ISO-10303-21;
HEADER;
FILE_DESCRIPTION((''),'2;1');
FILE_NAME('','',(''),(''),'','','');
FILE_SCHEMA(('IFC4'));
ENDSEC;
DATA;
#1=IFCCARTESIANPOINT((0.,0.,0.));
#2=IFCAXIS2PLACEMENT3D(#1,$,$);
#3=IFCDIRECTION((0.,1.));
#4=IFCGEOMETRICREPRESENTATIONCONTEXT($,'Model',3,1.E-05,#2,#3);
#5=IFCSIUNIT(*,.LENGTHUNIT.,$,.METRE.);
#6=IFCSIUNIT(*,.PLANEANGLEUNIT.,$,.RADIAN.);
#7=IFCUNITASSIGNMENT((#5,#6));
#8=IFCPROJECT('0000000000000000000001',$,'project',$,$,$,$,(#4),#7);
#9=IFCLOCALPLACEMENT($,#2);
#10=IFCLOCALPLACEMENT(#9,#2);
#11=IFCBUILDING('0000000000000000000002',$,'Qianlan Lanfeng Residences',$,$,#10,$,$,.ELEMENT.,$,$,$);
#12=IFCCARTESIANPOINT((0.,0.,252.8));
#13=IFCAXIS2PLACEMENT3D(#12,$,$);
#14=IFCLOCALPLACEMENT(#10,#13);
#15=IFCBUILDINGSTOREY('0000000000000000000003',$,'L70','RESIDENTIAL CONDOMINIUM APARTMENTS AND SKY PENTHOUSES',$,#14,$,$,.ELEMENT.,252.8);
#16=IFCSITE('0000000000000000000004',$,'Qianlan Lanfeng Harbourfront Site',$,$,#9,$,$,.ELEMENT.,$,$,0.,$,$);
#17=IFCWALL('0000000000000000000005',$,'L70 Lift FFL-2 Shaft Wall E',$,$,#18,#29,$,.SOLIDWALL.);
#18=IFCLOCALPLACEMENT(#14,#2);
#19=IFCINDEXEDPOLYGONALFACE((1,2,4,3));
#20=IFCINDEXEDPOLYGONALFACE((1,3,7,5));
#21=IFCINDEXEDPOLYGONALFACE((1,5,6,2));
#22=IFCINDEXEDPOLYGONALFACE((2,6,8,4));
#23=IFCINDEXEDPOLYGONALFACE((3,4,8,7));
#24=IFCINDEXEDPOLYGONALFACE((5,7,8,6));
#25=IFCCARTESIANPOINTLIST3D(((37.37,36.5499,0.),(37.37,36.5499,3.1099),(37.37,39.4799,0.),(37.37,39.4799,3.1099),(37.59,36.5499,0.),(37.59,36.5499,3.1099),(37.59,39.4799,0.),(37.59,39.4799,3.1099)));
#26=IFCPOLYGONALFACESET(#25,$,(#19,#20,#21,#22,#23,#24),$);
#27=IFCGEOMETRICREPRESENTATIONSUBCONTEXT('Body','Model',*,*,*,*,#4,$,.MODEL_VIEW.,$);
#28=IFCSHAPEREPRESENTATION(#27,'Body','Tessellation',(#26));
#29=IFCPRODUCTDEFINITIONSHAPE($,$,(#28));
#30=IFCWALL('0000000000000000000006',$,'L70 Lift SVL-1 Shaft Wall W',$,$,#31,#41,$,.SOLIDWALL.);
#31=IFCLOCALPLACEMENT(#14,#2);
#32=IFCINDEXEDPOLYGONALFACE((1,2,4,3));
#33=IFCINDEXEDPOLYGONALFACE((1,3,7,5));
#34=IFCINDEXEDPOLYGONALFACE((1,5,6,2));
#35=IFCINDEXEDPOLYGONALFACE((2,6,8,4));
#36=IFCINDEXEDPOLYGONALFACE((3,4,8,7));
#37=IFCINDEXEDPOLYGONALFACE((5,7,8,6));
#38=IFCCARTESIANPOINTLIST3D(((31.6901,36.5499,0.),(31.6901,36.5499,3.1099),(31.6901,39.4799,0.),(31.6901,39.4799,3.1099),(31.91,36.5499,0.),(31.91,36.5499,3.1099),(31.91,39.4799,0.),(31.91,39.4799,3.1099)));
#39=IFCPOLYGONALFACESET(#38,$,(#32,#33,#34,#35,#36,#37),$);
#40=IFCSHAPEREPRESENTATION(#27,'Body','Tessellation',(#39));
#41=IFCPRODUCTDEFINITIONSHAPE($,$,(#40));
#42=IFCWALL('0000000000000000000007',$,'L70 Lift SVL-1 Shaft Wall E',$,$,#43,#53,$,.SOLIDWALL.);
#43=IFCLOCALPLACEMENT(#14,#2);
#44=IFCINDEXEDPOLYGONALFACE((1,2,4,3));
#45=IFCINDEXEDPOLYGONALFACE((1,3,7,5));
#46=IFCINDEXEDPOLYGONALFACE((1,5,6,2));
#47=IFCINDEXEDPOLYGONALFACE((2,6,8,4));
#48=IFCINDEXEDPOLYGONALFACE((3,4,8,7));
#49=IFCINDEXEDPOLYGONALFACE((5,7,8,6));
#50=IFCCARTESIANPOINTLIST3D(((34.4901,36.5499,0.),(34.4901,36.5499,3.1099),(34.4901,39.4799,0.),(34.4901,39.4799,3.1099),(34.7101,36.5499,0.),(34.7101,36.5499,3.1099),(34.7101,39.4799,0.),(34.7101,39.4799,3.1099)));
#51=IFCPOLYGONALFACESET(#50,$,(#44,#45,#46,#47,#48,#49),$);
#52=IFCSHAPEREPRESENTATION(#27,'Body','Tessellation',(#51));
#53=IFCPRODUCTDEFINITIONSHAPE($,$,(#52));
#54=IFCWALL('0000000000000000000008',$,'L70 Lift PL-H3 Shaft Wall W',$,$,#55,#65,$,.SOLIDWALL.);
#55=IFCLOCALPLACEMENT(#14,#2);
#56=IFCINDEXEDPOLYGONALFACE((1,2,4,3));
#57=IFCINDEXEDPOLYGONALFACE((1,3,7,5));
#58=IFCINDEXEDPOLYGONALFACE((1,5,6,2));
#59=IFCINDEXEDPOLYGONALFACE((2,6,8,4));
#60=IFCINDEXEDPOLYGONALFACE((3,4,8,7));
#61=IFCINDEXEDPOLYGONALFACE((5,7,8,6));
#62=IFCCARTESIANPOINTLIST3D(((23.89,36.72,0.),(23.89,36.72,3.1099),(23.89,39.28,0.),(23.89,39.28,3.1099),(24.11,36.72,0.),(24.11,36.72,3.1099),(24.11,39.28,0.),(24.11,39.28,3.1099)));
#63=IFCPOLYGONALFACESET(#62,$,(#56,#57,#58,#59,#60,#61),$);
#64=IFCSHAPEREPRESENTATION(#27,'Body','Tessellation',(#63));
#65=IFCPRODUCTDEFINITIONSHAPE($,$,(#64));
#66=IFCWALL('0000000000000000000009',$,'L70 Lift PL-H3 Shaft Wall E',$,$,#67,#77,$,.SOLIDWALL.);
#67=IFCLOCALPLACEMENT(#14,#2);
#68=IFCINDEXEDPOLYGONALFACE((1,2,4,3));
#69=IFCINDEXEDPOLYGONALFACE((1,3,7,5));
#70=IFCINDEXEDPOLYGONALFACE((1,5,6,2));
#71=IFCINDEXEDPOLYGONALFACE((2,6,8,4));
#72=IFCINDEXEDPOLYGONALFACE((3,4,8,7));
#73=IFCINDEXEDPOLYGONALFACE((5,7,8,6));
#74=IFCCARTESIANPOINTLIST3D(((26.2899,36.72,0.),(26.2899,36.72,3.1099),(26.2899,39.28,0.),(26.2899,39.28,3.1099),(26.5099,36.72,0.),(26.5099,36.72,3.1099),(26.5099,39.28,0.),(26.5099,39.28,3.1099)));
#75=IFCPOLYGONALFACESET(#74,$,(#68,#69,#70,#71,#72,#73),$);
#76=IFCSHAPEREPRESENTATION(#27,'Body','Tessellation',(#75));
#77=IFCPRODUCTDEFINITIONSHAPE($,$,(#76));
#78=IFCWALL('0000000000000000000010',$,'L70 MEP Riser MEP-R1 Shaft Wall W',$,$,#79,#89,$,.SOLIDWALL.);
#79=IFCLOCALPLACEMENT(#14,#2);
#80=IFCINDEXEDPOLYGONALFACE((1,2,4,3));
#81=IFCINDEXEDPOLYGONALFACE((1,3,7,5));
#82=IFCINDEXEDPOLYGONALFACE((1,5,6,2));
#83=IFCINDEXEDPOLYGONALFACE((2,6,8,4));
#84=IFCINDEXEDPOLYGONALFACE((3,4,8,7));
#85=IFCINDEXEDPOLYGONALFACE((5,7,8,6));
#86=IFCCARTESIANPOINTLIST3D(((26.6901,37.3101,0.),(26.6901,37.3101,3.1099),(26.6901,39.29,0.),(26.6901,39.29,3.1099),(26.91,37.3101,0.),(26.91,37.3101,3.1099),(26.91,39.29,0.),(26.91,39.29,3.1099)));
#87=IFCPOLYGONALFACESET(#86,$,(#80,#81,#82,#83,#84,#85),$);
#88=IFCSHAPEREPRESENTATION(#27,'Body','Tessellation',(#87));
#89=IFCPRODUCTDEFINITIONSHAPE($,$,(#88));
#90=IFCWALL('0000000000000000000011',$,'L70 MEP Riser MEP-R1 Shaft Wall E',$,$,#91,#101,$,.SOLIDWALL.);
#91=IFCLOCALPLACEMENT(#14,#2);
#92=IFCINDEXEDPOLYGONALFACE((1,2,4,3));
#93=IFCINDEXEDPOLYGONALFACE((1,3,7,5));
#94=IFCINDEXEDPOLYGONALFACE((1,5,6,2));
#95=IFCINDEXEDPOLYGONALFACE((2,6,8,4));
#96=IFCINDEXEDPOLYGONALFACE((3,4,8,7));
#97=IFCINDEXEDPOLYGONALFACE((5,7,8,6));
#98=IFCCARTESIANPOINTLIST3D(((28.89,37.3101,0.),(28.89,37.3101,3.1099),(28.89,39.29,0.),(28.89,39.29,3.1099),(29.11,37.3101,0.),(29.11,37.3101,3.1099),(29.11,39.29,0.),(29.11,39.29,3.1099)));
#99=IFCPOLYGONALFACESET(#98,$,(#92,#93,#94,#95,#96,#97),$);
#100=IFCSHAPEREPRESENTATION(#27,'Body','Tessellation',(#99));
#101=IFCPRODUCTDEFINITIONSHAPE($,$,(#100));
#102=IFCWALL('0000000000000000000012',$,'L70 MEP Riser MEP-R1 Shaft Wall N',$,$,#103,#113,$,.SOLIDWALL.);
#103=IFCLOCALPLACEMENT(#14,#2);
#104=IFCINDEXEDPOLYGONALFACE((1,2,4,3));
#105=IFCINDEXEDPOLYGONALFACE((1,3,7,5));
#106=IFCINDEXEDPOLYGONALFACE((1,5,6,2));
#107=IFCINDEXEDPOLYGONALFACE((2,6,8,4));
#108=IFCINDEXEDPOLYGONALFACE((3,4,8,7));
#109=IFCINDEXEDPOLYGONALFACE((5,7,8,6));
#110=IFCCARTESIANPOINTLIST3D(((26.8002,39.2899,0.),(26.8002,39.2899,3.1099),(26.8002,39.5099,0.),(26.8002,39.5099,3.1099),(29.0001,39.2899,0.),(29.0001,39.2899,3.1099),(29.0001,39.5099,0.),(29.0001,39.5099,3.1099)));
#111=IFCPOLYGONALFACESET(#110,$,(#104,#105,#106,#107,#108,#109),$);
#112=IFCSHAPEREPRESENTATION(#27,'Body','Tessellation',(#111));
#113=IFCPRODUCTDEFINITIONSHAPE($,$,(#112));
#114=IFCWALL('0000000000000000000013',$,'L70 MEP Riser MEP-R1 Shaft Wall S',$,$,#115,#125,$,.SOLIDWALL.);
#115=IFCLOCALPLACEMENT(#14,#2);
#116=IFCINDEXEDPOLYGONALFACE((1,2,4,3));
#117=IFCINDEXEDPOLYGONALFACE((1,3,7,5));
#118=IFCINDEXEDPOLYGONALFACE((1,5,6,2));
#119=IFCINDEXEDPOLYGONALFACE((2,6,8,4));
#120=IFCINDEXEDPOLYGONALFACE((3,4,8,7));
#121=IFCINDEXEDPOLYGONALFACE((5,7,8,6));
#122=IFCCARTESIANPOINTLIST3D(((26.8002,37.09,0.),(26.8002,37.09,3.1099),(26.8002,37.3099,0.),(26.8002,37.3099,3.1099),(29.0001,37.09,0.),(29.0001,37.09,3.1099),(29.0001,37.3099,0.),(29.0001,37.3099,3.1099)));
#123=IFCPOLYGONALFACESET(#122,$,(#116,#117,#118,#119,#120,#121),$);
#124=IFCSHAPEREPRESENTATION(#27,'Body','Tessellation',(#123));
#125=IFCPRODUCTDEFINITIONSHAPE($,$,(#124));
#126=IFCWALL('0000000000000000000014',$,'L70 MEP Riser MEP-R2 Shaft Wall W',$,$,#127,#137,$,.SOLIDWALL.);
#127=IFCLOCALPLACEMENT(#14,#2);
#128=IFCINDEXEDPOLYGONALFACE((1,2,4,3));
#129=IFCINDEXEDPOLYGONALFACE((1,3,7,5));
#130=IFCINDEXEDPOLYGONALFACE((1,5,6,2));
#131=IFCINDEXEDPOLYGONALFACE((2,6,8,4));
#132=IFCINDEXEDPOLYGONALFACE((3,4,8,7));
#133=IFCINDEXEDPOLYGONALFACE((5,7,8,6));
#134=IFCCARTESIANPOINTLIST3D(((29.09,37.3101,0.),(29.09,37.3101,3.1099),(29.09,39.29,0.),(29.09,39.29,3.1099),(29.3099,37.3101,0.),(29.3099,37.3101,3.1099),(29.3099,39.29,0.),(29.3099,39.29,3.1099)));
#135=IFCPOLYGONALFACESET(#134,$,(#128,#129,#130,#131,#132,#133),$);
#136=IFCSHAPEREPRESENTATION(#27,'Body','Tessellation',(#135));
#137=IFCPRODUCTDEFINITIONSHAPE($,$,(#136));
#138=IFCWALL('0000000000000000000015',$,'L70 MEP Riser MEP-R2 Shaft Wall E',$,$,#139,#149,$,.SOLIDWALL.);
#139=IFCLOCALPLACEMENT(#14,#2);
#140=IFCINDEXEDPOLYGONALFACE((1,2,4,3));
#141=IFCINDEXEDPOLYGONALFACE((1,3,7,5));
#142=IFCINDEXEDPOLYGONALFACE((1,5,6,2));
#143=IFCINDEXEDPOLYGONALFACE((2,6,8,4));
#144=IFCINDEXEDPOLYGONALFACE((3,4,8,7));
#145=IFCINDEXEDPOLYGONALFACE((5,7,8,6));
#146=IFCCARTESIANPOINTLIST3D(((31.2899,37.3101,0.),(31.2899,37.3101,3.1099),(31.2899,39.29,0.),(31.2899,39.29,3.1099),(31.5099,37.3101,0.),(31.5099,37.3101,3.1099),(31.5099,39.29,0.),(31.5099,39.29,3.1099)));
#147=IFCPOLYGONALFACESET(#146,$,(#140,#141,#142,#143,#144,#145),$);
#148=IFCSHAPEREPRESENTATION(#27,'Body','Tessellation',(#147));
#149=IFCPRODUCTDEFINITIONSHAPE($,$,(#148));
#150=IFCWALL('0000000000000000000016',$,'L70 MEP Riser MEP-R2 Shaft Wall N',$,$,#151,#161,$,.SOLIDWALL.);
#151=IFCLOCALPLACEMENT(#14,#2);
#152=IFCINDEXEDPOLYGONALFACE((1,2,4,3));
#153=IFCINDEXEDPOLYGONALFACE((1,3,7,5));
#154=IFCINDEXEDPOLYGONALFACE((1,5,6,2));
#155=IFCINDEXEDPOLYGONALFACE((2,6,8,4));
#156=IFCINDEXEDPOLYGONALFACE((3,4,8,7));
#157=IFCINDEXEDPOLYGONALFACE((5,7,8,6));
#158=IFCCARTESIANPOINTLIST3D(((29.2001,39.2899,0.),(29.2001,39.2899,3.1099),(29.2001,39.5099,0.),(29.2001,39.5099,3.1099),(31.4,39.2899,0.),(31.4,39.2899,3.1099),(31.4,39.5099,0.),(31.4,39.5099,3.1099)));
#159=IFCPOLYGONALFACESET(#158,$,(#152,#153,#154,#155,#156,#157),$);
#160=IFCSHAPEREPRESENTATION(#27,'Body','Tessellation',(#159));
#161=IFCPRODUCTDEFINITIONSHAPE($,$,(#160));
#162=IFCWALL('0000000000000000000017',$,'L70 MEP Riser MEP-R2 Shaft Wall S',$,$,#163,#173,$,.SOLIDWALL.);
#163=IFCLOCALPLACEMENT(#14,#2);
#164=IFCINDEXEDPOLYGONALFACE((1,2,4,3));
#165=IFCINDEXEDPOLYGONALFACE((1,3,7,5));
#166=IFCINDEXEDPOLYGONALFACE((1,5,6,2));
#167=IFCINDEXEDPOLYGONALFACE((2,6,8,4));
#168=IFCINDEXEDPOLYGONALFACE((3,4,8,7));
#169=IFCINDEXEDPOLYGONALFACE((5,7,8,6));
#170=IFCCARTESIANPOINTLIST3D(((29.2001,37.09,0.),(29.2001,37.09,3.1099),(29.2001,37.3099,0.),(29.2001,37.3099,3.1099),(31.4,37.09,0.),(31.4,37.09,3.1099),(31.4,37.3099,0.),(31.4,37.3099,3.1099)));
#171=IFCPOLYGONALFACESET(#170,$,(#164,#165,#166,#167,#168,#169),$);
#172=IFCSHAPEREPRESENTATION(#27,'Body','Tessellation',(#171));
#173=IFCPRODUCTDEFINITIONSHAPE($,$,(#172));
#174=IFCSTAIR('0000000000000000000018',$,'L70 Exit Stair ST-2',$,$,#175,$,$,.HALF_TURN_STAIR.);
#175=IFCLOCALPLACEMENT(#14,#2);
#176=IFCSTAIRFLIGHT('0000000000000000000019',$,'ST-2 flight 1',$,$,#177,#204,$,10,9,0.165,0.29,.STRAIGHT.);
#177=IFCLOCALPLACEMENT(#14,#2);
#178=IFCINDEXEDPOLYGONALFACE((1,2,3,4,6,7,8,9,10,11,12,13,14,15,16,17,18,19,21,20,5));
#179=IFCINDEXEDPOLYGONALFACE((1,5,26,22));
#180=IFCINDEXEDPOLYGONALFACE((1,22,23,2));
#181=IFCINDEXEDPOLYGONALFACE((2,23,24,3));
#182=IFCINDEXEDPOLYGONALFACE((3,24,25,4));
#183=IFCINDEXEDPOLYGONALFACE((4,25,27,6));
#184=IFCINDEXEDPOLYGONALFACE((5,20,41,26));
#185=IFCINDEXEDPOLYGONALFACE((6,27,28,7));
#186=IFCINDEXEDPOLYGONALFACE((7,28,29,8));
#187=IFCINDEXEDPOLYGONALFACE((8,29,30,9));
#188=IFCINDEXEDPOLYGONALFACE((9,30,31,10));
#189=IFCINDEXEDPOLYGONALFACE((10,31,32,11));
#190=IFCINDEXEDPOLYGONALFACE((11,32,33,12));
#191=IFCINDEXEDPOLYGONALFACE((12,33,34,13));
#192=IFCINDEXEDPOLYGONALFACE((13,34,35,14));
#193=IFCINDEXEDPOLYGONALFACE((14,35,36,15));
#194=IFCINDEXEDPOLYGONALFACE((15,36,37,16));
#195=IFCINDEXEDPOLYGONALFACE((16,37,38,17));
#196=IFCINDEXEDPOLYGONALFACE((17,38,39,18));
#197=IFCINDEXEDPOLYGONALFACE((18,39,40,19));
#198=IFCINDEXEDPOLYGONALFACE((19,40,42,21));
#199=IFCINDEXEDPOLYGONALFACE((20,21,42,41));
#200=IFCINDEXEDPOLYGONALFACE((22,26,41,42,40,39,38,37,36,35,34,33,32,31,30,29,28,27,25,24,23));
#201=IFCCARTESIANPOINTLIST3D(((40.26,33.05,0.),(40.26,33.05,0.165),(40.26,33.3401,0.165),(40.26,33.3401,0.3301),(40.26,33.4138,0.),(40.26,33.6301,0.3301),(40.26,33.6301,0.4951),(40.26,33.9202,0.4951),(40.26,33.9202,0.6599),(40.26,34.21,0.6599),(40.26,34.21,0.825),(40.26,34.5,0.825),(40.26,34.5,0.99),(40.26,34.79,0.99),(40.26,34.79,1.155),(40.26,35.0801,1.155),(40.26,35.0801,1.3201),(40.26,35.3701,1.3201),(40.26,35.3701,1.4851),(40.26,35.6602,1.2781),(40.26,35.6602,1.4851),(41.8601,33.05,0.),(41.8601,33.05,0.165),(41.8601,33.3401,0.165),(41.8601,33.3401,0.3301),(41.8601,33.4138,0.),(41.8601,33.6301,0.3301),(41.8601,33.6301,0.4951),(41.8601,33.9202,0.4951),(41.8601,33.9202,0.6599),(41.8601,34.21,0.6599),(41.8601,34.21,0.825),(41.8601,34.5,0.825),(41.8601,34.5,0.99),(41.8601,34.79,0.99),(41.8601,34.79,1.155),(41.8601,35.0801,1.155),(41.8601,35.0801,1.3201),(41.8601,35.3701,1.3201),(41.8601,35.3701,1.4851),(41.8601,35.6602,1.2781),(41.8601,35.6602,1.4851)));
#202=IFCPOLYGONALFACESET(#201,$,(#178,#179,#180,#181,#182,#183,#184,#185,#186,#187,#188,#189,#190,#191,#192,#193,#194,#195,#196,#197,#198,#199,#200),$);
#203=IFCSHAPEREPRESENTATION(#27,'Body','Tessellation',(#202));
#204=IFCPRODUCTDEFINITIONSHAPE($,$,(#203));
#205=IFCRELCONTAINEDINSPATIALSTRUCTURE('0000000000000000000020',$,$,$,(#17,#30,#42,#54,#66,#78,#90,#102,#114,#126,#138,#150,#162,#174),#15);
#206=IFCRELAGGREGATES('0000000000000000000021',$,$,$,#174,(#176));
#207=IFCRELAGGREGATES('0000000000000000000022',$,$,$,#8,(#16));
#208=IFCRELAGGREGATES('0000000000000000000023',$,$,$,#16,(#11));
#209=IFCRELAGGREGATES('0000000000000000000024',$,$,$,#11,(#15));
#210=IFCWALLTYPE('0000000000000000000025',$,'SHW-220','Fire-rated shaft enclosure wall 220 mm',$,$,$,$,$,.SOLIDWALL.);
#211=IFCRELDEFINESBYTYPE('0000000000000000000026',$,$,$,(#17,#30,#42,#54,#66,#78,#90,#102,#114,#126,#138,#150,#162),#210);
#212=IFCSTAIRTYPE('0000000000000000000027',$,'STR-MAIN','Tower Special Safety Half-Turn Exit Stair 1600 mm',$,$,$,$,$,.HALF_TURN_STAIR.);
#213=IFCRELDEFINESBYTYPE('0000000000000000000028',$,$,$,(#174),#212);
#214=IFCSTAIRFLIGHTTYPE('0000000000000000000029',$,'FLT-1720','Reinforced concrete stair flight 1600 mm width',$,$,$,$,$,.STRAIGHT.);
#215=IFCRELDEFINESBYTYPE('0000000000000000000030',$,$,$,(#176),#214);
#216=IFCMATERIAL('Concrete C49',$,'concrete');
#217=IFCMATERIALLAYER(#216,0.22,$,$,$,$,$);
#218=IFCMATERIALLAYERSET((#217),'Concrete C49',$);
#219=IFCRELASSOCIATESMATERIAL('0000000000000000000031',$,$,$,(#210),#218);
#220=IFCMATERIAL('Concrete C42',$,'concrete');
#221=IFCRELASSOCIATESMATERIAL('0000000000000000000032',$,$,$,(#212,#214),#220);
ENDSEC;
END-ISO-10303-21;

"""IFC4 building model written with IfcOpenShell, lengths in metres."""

from ifc_helpers import new_model, si_unit, direction, frame, frame_2d, origin, place, context, subcontext, project, spatial, polyline, rectangle, outline, extrude, material, layer, layer_set, type_object, element, aggregate, save


model = new_model("IFC4")

# Units and contexts
model_context = context("Model", 3, precision=1e-05, world=origin(), true_north=direction((0.0, 1.0)))
body_context = subcontext(model_context, "Body", "Model", "MODEL_VIEW")
ifc_project = project(units=[si_unit("LENGTHUNIT", "METRE"), si_unit("PLANEANGLEUNIT", "RADIAN")], contexts=[model_context])

# Site, building, storey
site_placement = place(None, origin())
site = spatial("IfcSite", under=ifc_project, at=site_placement, Name="Qianlan Lanfeng Harbourfront Site", CompositionType="ELEMENT", RefElevation=0.0)
building_placement = place(site_placement, origin())
building = spatial("IfcBuilding", under=site, at=building_placement, Name="Qianlan Lanfeng Residences", CompositionType="ELEMENT")
storey_placement = place(building_placement, frame((0.0, 0.0, 252.8)))
storey = spatial("IfcBuildingStorey", under=building, at=storey_placement, Name="L70", Description="RESIDENTIAL CONDOMINIUM APARTMENTS AND SKY PENTHOUSES", CompositionType="ELEMENT", Elevation=252.8)

# Shared definitions
ifc_material_1 = material(Name="Concrete C49", Category="concrete")

# Shared definitions
ifc_material_2 = material(Name="Concrete C42", Category="concrete")

# Walls
ifc_layer_1 = layer(ifc_material_1, 0.22)
ifc_layer_set_1 = layer_set([ifc_layer_1], Name="Concrete C49")
wall_type_1 = type_object("IfcWallType", Name="SHW-220", Description="Fire-rated shaft enclosure wall 220 mm", PredefinedType="SOLIDWALL", material=ifc_layer_set_1)
for number, where, z_axis, x_axis, name in (
    (1, (37.48, 36.55, 0.0), (0.0, 0.0, 1.0), (0.0, 1.0, 0.0), "L70 Lift FFL-2 Shaft Wall E"),
    (2, (31.8, 36.55, 0.0), (0.0, 0.0, 1.0), (0.0, 1.0, 0.0), "L70 Lift SVL-1 Shaft Wall W"),
    (3, (34.6001, 36.55, 0.0), (0.0, 0.0, 1.0), (0.0, 1.0, 0.0), "L70 Lift SVL-1 Shaft Wall E"),
):
    element("IfcWall", number, at=place(storey_placement, frame(where, z_axis=z_axis, x_axis=x_axis)), inside=storey, type_object=wall_type_1, Name=name, PredefinedType="SOLIDWALL", context=body_context, shape_type="SweptSolid", body=[
        extrude(rectangle(XDim=2.9299, YDim=0.22, at=frame_2d((1.4648, 0.0))), origin(), (0.0, 0.0, 1.0), 3.1099),
    ])
for number, where, z_axis, x_axis, name in (
    (4, (24.0, 36.72, 0.0), (0.0, 0.0, 1.0), (0.0, 1.0, 0.0), "L70 Lift PL-H3 Shaft Wall W"),
    (5, (26.3999, 36.72, 0.0), (0.0, 0.0, 1.0), (0.0, 1.0, 0.0), "L70 Lift PL-H3 Shaft Wall E"),
):
    element("IfcWall", number, at=place(storey_placement, frame(where, z_axis=z_axis, x_axis=x_axis)), inside=storey, type_object=wall_type_1, Name=name, PredefinedType="SOLIDWALL", context=body_context, shape_type="SweptSolid", body=[
        extrude(rectangle(XDim=2.5601, YDim=0.22, at=frame_2d((1.28, 0.0))), origin(), (0.0, 0.0, 1.0), 3.1099),
    ])
for number, where, z_axis, x_axis, name in (
    (6, (26.8, 37.3101, 0.0), (0.0, 0.0, 1.0), (0.0, 1.0, 0.0), "L70 MEP Riser MEP-R1 Shaft Wall W"),
    (7, (29.0, 37.3101, 0.0), (0.0, 0.0, 1.0), (0.0, 1.0, 0.0), "L70 MEP Riser MEP-R1 Shaft Wall E"),
):
    element("IfcWall", number, at=place(storey_placement, frame(where, z_axis=z_axis, x_axis=x_axis)), inside=storey, type_object=wall_type_1, Name=name, PredefinedType="SOLIDWALL", context=body_context, shape_type="SweptSolid", body=[
        extrude(rectangle(XDim=1.98, YDim=0.22, at=frame_2d((0.99, 0.0))), origin(), (0.0, 0.0, 1.0), 3.1099),
    ])
for number, where, z_axis, x_axis, name in (
    (8, (26.8, 39.3999, 0.0), (0.0, 0.0, 1.0), (1.0, 0.0, 0.0), "L70 MEP Riser MEP-R1 Shaft Wall N"),
    (9, (26.8, 37.2, 0.0), (0.0, 0.0, 1.0), (1.0, 0.0, 0.0), "L70 MEP Riser MEP-R1 Shaft Wall S"),
):
    element("IfcWall", number, at=place(storey_placement, frame(where, z_axis=z_axis, x_axis=x_axis)), inside=storey, type_object=wall_type_1, Name=name, PredefinedType="SOLIDWALL", context=body_context, shape_type="SweptSolid", body=[
        extrude(rectangle(XDim=2.2, YDim=0.22, at=frame_2d((1.1001, 0.0))), origin(), (0.0, 0.0, 1.0), 3.1099),
    ])
for number, where, z_axis, x_axis, name in (
    (10, (29.2, 37.3101, 0.0), (0.0, 0.0, 1.0), (0.0, 1.0, 0.0), "L70 MEP Riser MEP-R2 Shaft Wall W"),
    (11, (31.3999, 37.3101, 0.0), (0.0, 0.0, 1.0), (0.0, 1.0, 0.0), "L70 MEP Riser MEP-R2 Shaft Wall E"),
):
    element("IfcWall", number, at=place(storey_placement, frame(where, z_axis=z_axis, x_axis=x_axis)), inside=storey, type_object=wall_type_1, Name=name, PredefinedType="SOLIDWALL", context=body_context, shape_type="SweptSolid", body=[
        extrude(rectangle(XDim=1.98, YDim=0.22, at=frame_2d((0.99, 0.0))), origin(), (0.0, 0.0, 1.0), 3.1099),
    ])
for number, where, z_axis, x_axis, name in (
    (12, (29.2, 39.3999, 0.0), (0.0, 0.0, 1.0), (1.0, 0.0, 0.0), "L70 MEP Riser MEP-R2 Shaft Wall N"),
    (13, (29.2, 37.2, 0.0), (0.0, 0.0, 1.0), (1.0, 0.0, 0.0), "L70 MEP Riser MEP-R2 Shaft Wall S"),
):
    element("IfcWall", number, at=place(storey_placement, frame(where, z_axis=z_axis, x_axis=x_axis)), inside=storey, type_object=wall_type_1, Name=name, PredefinedType="SOLIDWALL", context=body_context, shape_type="SweptSolid", body=[
        extrude(rectangle(XDim=2.2, YDim=0.22, at=frame_2d((1.1001, 0.0))), origin(), (0.0, 0.0, 1.0), 3.1099),
    ])

# Stair, stair flight
stair_type = type_object("IfcStairType", Name="STR-MAIN", Description="Tower Special Safety Half-Turn Exit Stair 1600 mm", PredefinedType="HALF_TURN_STAIR", material=ifc_material_2)
stair_placement = place(storey_placement, origin())
stair = element("IfcStair", 14, at=stair_placement, inside=storey, type_object=stair_type, Name="L70 Exit Stair ST-2", PredefinedType="HALF_TURN_STAIR")
stair_flight_type = type_object("IfcStairFlightType", Name="FLT-1720", Description="Reinforced concrete stair flight 1600 mm width", PredefinedType="STRAIGHT", material=ifc_material_2)
stair_flight_1_placement = place(storey_placement, frame((41.0601, 33.05, 0.0), z_axis=(0.0, 0.0, 1.0), x_axis=(0.0, 1.0, 0.0)))
stair_flight_1 = element("IfcStairFlight", 15, at=stair_flight_1_placement, type_object=stair_flight_type, Name="ST-2 flight 1", NumberOfRisers=10, NumberOfTreads=9, PredefinedType="STRAIGHT", RiserHeight=0.165, TreadLength=0.29, context=body_context, shape_type="SweptSolid", body=[
    extrude(outline(polyline([(0.0, 0.0), (0.0, 0.165), (0.29, 0.165), (0.29, 0.3301), (0.5801, 0.3301), (0.5801, 0.4951), (0.8701, 0.4951), (0.8701, 0.6599), (1.1599, 0.6599), (1.1599, 0.825), (1.45, 0.825), (1.45, 0.99), (1.74, 0.99), (1.74, 1.155), (2.03, 1.155), (2.03, 1.3201), (2.3201, 1.3201), (2.3201, 1.4851), (2.6101, 1.4851), (2.6101, 1.6499), (2.6101, 1.2781), (0.3638, 0.0), (0.0, 0.0)])), frame((0.0, 0.8, 0.0), z_axis=(0.0, -1.0, 0.0), x_axis=(1.0, 0.0, 0.0)), (0.0, 0.0, 1.0), 1.6001),
])
aggregate(stair, [stair_flight_1])

save(model, "model.ifc")
